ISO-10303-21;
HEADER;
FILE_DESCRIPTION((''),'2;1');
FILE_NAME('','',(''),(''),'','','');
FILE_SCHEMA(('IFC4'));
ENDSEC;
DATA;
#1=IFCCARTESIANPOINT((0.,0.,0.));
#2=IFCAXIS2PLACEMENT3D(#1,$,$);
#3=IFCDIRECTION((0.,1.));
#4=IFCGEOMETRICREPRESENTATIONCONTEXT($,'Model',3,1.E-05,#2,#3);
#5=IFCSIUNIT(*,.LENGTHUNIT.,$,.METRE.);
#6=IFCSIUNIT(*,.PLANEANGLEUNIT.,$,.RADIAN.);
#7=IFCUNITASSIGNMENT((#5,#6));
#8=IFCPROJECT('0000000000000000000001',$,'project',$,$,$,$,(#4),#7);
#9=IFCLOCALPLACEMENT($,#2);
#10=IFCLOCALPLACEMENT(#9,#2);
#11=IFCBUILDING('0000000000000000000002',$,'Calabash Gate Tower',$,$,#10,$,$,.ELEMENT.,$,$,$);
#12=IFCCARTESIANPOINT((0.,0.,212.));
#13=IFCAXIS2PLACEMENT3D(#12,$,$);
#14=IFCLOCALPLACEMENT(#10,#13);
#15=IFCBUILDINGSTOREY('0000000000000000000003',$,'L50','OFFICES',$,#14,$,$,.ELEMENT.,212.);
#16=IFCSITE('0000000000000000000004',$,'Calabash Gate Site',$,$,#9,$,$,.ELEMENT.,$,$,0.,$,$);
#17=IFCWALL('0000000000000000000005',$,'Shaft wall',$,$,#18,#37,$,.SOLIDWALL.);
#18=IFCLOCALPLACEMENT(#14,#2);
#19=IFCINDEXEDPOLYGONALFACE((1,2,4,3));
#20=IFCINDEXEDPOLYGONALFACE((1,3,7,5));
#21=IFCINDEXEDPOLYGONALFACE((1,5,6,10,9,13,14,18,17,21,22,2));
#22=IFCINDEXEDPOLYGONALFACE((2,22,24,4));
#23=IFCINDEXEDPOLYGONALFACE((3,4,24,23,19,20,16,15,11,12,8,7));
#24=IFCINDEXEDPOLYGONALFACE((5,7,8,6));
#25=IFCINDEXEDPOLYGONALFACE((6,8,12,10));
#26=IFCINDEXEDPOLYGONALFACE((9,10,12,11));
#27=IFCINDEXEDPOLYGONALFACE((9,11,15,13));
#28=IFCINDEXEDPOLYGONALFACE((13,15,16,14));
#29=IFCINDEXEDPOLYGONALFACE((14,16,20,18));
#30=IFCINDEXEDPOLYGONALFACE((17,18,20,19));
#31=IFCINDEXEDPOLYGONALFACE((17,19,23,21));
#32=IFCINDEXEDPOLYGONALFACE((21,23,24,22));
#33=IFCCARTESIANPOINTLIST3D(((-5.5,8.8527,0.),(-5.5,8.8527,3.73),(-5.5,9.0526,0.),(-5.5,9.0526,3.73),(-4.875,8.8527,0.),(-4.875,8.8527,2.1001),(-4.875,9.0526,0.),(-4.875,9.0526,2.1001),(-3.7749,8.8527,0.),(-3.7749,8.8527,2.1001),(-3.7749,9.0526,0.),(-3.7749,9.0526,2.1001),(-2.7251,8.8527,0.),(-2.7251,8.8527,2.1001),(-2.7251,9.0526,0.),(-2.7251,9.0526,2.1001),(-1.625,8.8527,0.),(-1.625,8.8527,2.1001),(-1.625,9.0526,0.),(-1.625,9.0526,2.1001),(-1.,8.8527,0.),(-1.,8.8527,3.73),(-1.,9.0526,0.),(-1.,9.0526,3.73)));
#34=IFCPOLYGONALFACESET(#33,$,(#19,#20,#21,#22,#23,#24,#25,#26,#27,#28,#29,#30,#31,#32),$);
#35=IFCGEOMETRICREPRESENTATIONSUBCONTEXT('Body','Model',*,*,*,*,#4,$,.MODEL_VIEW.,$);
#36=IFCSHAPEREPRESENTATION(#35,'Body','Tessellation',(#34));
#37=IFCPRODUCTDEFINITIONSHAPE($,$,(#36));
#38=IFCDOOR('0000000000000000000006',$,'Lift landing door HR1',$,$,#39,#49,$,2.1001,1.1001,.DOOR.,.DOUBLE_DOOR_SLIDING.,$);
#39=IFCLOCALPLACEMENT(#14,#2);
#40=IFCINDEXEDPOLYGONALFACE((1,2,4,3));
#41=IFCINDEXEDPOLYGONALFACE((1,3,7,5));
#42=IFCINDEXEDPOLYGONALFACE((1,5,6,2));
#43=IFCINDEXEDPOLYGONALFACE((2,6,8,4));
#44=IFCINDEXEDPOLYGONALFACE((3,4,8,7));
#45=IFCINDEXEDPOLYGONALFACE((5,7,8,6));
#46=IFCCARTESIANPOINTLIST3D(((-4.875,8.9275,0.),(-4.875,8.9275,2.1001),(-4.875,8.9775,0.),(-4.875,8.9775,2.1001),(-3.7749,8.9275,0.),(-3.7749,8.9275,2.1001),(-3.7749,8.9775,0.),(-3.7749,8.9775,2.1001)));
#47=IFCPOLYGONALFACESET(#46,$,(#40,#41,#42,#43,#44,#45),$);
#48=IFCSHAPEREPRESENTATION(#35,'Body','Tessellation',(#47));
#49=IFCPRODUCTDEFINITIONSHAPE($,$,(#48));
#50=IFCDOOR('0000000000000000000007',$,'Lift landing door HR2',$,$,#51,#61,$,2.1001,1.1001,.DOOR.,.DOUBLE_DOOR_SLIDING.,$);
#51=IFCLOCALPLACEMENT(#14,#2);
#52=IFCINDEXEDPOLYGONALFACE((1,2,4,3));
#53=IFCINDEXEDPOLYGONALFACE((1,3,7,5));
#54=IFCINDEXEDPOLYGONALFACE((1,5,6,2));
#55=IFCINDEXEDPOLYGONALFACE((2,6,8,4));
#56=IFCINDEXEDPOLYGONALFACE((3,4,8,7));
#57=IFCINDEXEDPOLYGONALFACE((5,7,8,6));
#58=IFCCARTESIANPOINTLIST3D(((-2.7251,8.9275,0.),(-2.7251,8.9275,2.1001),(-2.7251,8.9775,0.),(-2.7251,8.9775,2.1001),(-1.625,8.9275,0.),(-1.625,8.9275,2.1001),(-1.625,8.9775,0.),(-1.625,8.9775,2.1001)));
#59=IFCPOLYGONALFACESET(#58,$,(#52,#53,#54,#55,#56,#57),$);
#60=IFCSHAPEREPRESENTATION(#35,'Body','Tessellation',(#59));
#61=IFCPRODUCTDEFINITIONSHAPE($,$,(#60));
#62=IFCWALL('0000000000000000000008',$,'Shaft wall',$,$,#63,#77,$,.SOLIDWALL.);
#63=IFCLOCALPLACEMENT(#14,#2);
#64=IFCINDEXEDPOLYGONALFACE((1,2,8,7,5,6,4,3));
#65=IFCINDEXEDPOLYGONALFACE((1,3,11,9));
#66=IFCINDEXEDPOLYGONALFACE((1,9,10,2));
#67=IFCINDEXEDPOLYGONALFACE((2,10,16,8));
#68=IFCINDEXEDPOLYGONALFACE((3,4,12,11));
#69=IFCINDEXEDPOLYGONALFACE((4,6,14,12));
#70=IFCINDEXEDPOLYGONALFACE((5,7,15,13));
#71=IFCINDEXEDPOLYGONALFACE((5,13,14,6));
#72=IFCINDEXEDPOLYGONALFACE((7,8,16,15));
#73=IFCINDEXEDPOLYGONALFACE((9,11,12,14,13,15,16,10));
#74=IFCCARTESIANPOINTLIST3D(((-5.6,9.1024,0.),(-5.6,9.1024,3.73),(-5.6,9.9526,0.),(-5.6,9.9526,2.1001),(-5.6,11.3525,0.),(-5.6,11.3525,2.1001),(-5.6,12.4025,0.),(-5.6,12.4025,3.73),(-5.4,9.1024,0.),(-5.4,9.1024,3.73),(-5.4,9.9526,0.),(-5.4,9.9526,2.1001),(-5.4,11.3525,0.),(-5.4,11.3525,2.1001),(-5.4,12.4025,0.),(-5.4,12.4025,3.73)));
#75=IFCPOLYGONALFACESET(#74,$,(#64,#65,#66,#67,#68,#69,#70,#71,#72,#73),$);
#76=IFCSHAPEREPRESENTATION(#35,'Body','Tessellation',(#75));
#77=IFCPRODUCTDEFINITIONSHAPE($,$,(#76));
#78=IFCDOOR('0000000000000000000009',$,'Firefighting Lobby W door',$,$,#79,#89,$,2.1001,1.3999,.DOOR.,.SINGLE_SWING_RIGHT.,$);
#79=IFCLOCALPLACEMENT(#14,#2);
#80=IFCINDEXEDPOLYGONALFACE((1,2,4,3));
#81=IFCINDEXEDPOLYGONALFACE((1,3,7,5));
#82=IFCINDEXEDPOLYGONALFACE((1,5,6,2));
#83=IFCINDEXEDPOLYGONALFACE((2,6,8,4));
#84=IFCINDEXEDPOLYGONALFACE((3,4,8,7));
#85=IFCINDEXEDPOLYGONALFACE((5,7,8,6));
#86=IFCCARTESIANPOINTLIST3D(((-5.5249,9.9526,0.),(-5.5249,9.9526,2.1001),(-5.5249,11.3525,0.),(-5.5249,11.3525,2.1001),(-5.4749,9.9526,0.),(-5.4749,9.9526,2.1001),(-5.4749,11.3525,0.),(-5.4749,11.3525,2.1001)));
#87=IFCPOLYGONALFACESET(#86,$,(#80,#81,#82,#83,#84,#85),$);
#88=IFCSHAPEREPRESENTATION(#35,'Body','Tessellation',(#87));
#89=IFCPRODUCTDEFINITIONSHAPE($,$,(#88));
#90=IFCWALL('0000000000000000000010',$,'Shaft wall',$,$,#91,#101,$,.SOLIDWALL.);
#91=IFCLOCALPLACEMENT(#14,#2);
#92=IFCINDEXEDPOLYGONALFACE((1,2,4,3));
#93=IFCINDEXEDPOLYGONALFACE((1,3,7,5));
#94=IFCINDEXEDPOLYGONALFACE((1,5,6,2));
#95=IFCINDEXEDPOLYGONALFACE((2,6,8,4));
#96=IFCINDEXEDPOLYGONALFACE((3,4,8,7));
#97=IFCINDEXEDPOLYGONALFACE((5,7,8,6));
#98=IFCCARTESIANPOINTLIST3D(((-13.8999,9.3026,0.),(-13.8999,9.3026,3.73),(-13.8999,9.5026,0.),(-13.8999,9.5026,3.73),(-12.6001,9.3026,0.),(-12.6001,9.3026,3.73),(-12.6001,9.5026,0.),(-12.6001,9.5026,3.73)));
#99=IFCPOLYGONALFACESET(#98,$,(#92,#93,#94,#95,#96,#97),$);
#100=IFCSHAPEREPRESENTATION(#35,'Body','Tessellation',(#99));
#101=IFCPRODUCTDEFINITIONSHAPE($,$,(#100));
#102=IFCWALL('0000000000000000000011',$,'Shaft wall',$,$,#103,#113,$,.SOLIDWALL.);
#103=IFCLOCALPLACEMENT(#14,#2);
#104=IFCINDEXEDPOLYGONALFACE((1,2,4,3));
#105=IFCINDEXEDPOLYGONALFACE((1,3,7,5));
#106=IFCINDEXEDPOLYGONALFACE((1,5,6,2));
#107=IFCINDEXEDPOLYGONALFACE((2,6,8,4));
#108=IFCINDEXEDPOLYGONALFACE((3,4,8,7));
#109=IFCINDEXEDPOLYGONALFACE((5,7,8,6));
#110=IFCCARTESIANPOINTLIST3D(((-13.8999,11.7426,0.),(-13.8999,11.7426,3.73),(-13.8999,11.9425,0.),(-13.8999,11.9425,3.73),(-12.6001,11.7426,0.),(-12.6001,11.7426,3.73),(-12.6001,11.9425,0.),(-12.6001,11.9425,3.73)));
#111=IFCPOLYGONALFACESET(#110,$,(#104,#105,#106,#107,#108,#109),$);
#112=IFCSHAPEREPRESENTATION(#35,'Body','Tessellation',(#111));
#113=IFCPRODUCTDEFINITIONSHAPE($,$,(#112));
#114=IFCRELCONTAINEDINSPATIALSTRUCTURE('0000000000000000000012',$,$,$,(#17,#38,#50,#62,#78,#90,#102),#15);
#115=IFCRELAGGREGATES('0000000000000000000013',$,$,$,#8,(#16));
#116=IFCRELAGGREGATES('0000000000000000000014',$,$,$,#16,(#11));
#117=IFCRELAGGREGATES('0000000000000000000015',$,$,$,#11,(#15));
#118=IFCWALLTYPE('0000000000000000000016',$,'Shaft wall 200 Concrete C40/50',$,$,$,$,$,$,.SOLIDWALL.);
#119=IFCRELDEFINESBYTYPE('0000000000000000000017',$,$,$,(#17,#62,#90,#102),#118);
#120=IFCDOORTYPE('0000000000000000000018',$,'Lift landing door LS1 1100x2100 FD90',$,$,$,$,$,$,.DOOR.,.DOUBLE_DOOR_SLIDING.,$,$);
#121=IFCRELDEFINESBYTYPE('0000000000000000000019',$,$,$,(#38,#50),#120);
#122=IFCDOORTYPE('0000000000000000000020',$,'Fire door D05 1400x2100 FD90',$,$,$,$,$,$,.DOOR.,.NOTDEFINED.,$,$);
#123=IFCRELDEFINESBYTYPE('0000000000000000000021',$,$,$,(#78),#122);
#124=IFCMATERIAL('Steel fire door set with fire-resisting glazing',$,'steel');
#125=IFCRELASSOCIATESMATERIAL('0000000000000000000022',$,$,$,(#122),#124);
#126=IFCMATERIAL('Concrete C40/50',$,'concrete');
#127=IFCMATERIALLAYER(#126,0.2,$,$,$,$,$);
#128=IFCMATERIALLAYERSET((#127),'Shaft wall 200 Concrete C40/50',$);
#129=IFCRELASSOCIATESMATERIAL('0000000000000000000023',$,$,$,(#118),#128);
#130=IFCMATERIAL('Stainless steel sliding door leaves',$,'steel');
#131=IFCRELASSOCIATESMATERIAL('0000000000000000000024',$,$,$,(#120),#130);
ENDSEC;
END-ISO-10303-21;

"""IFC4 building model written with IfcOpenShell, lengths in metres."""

from ifc_helpers import new_model, si_unit, direction, frame, frame_2d, origin, place, context, subcontext, project, spatial, rectangle, extrude, material, layer, layer_set, type_object, element, fill, save


model = new_model("IFC4")

# Units and contexts
model_context = context("Model", 3, precision=1e-05, world=origin(), true_north=direction((0.0, 1.0)))
body_context = subcontext(model_context, "Body", "Model", "MODEL_VIEW")
ifc_project = project(units=[si_unit("LENGTHUNIT", "METRE"), si_unit("PLANEANGLEUNIT", "RADIAN")], contexts=[model_context])

# Site, building, storey
site_placement = place(None, origin())
site = spatial("IfcSite", under=ifc_project, at=site_placement, Name="Calabash Gate Site", CompositionType="ELEMENT", RefElevation=0.0)
building_placement = place(site_placement, origin())
building = spatial("IfcBuilding", under=site, at=building_placement, Name="Calabash Gate Tower", CompositionType="ELEMENT")
storey_placement = place(building_placement, frame((0.0, 0.0, 212.0)))
storey = spatial("IfcBuildingStorey", under=building, at=storey_placement, Name="L50", Description="OFFICES", CompositionType="ELEMENT", Elevation=212.0)

# Shared definitions
ifc_material_1 = material(Name="Steel fire door set with fire-resisting glazing", Category="steel")
door_type_1 = type_object("IfcDoorType", Name="Fire door D05 1400x2100 FD90", OperationType="NOTDEFINED", PredefinedType="DOOR", material=ifc_material_1)

# Shared definitions
ifc_material_2 = material(Name="Concrete C40/50", Category="concrete")
ifc_layer_1 = layer(ifc_material_2, 0.2)
ifc_layer_set_1 = layer_set([ifc_layer_1], Name="Shaft wall 200 Concrete C40/50")
wall_type_1 = type_object("IfcWallType", Name="Shaft wall 200 Concrete C40/50", PredefinedType="SOLIDWALL", material=ifc_layer_set_1)

# Wall, openings, doors
wall_1_placement = place(storey_placement, frame((-5.5, 8.9526, 0.0), z_axis=(0.0, 0.0, 1.0), x_axis=(1.0, 0.0, 0.0)))
wall_1 = element("IfcWall", 1, at=wall_1_placement, inside=storey, type_object=wall_type_1, Name="Shaft wall", PredefinedType="SOLIDWALL", context=body_context, shape_type="SweptSolid", body=[
    extrude(rectangle(XDim=4.5, YDim=0.2, at=frame_2d((2.25, 0.0))), origin(), (0.0, 0.0, 1.0), 3.73),
])
opening_1_placement = place(wall_1_placement, frame((0.625, 0.0, 0.0)))
opening_1 = element("IfcOpeningElement", 2, at=opening_1_placement, cuts=wall_1, PredefinedType="OPENING", context=body_context, shape_type="SweptSolid", body=[
    extrude(rectangle(XDim=1.1001, YDim=2.1001, at=frame_2d((0.55, 1.05))), frame((0.0, 0.1099, 0.0), z_axis=(0.0, -1.0, 0.0), x_axis=(1.0, 0.0, 0.0)), (0.0, 0.0, 1.0), 0.22),
])
opening_2_placement = place(wall_1_placement, frame((2.7749, 0.0, 0.0)))
opening_2 = element("IfcOpeningElement", 3, at=opening_2_placement, cuts=wall_1, PredefinedType="OPENING", context=body_context, shape_type="SweptSolid", body=[
    extrude(rectangle(XDim=1.1001, YDim=2.1001, at=frame_2d((0.55, 1.05))), frame((0.0, 0.1099, 0.0), z_axis=(0.0, -1.0, 0.0), x_axis=(1.0, 0.0, 0.0)), (0.0, 0.0, 1.0), 0.22),
])
ifc_material_3 = material(Name="Stainless steel sliding door leaves", Category="steel")
door_type_2 = type_object("IfcDoorType", Name="Lift landing door LS1 1100x2100 FD90", OperationType="DOUBLE_DOOR_SLIDING", PredefinedType="DOOR", material=ifc_material_3)
door_1_placement = place(opening_1_placement, origin())
door_1 = element("IfcDoor", 4, at=door_1_placement, inside=storey, type_object=door_type_2, Name="Lift landing door HR1", OperationType="DOUBLE_DOOR_SLIDING", OverallHeight=2.1001, OverallWidth=1.1001, PredefinedType="DOOR", context=body_context, shape_type="SweptSolid", body=[
    extrude(rectangle(XDim=1.1001, YDim=2.1001, at=frame_2d((0.55, 1.05))), frame((0.0, 0.0249, 0.0), z_axis=(0.0, -1.0, 0.0), x_axis=(1.0, 0.0, 0.0)), (0.0, 0.0, 1.0), 0.05),
])
fill(opening_1, door_1)
door_2_placement = place(opening_2_placement, origin())
door_2 = element("IfcDoor", 5, at=door_2_placement, inside=storey, type_object=door_type_2, Name="Lift landing door HR2", OperationType="DOUBLE_DOOR_SLIDING", OverallHeight=2.1001, OverallWidth=1.1001, PredefinedType="DOOR", context=body_context, shape_type="SweptSolid", body=[
    extrude(rectangle(XDim=1.1001, YDim=2.1001, at=frame_2d((0.55, 1.05))), frame((0.0, 0.0249, 0.0), z_axis=(0.0, -1.0, 0.0), x_axis=(1.0, 0.0, 0.0)), (0.0, 0.0, 1.0), 0.05),
])
fill(opening_2, door_2)

# Wall, opening, door
wall_2_placement = place(storey_placement, frame((-5.5, 9.1025, 0.0), z_axis=(0.0, 0.0, 1.0), x_axis=(0.0, 1.0, 0.0)))
wall_2 = element("IfcWall", 6, at=wall_2_placement, inside=storey, type_object=wall_type_1, Name="Shaft wall", PredefinedType="SOLIDWALL", context=body_context, shape_type="SweptSolid", body=[
    extrude(rectangle(XDim=3.3, YDim=0.2, at=frame_2d((1.6499, 0.0))), origin(), (0.0, 0.0, 1.0), 3.73),
])
opening_3_placement = place(wall_2_placement, frame((0.8501, 0.0, 0.0)))
opening_3 = element("IfcOpeningElement", 7, at=opening_3_placement, cuts=wall_2, PredefinedType="OPENING", context=body_context, shape_type="SweptSolid", body=[
    extrude(rectangle(XDim=1.3999, YDim=2.1001, at=frame_2d((0.7, 1.05))), frame((0.0, 0.1099, 0.0), z_axis=(0.0, -1.0, 0.0), x_axis=(1.0, 0.0, 0.0)), (0.0, 0.0, 1.0), 0.22),
])
door_3_placement = place(opening_3_placement, origin())
door_3 = element("IfcDoor", 8, at=door_3_placement, inside=storey, type_object=door_type_1, Name="Firefighting Lobby W door", OperationType="SINGLE_SWING_RIGHT", OverallHeight=2.1001, OverallWidth=1.3999, PredefinedType="DOOR", context=body_context, shape_type="SweptSolid", body=[
    extrude(rectangle(XDim=1.3999, YDim=2.1001, at=frame_2d((0.7, 1.05))), frame((0.0, 0.0249, 0.0), z_axis=(0.0, -1.0, 0.0), x_axis=(1.0, 0.0, 0.0)), (0.0, 0.0, 1.0), 0.05),
])
fill(opening_3, door_3)

# Walls
for number, where, z_axis, x_axis, name in (
    (9, (-13.8999, 9.4026, 0.0), (0.0, 0.0, 1.0), (1.0, 0.0, 0.0), "Shaft wall"),
    (10, (-13.8999, 11.8425, 0.0), (0.0, 0.0, 1.0), (1.0, 0.0, 0.0), "Shaft wall"),
):
    element("IfcWall", number, at=place(storey_placement, frame(where, z_axis=z_axis, x_axis=x_axis)), inside=storey, type_object=wall_type_1, Name=name, PredefinedType="SOLIDWALL", context=body_context, shape_type="SweptSolid", body=[
        extrude(rectangle(XDim=1.2998, YDim=0.2, at=frame_2d((0.6499, 0.0))), origin(), (0.0, 0.0, 1.0), 3.73),
    ])

save(model, "model.ifc")
